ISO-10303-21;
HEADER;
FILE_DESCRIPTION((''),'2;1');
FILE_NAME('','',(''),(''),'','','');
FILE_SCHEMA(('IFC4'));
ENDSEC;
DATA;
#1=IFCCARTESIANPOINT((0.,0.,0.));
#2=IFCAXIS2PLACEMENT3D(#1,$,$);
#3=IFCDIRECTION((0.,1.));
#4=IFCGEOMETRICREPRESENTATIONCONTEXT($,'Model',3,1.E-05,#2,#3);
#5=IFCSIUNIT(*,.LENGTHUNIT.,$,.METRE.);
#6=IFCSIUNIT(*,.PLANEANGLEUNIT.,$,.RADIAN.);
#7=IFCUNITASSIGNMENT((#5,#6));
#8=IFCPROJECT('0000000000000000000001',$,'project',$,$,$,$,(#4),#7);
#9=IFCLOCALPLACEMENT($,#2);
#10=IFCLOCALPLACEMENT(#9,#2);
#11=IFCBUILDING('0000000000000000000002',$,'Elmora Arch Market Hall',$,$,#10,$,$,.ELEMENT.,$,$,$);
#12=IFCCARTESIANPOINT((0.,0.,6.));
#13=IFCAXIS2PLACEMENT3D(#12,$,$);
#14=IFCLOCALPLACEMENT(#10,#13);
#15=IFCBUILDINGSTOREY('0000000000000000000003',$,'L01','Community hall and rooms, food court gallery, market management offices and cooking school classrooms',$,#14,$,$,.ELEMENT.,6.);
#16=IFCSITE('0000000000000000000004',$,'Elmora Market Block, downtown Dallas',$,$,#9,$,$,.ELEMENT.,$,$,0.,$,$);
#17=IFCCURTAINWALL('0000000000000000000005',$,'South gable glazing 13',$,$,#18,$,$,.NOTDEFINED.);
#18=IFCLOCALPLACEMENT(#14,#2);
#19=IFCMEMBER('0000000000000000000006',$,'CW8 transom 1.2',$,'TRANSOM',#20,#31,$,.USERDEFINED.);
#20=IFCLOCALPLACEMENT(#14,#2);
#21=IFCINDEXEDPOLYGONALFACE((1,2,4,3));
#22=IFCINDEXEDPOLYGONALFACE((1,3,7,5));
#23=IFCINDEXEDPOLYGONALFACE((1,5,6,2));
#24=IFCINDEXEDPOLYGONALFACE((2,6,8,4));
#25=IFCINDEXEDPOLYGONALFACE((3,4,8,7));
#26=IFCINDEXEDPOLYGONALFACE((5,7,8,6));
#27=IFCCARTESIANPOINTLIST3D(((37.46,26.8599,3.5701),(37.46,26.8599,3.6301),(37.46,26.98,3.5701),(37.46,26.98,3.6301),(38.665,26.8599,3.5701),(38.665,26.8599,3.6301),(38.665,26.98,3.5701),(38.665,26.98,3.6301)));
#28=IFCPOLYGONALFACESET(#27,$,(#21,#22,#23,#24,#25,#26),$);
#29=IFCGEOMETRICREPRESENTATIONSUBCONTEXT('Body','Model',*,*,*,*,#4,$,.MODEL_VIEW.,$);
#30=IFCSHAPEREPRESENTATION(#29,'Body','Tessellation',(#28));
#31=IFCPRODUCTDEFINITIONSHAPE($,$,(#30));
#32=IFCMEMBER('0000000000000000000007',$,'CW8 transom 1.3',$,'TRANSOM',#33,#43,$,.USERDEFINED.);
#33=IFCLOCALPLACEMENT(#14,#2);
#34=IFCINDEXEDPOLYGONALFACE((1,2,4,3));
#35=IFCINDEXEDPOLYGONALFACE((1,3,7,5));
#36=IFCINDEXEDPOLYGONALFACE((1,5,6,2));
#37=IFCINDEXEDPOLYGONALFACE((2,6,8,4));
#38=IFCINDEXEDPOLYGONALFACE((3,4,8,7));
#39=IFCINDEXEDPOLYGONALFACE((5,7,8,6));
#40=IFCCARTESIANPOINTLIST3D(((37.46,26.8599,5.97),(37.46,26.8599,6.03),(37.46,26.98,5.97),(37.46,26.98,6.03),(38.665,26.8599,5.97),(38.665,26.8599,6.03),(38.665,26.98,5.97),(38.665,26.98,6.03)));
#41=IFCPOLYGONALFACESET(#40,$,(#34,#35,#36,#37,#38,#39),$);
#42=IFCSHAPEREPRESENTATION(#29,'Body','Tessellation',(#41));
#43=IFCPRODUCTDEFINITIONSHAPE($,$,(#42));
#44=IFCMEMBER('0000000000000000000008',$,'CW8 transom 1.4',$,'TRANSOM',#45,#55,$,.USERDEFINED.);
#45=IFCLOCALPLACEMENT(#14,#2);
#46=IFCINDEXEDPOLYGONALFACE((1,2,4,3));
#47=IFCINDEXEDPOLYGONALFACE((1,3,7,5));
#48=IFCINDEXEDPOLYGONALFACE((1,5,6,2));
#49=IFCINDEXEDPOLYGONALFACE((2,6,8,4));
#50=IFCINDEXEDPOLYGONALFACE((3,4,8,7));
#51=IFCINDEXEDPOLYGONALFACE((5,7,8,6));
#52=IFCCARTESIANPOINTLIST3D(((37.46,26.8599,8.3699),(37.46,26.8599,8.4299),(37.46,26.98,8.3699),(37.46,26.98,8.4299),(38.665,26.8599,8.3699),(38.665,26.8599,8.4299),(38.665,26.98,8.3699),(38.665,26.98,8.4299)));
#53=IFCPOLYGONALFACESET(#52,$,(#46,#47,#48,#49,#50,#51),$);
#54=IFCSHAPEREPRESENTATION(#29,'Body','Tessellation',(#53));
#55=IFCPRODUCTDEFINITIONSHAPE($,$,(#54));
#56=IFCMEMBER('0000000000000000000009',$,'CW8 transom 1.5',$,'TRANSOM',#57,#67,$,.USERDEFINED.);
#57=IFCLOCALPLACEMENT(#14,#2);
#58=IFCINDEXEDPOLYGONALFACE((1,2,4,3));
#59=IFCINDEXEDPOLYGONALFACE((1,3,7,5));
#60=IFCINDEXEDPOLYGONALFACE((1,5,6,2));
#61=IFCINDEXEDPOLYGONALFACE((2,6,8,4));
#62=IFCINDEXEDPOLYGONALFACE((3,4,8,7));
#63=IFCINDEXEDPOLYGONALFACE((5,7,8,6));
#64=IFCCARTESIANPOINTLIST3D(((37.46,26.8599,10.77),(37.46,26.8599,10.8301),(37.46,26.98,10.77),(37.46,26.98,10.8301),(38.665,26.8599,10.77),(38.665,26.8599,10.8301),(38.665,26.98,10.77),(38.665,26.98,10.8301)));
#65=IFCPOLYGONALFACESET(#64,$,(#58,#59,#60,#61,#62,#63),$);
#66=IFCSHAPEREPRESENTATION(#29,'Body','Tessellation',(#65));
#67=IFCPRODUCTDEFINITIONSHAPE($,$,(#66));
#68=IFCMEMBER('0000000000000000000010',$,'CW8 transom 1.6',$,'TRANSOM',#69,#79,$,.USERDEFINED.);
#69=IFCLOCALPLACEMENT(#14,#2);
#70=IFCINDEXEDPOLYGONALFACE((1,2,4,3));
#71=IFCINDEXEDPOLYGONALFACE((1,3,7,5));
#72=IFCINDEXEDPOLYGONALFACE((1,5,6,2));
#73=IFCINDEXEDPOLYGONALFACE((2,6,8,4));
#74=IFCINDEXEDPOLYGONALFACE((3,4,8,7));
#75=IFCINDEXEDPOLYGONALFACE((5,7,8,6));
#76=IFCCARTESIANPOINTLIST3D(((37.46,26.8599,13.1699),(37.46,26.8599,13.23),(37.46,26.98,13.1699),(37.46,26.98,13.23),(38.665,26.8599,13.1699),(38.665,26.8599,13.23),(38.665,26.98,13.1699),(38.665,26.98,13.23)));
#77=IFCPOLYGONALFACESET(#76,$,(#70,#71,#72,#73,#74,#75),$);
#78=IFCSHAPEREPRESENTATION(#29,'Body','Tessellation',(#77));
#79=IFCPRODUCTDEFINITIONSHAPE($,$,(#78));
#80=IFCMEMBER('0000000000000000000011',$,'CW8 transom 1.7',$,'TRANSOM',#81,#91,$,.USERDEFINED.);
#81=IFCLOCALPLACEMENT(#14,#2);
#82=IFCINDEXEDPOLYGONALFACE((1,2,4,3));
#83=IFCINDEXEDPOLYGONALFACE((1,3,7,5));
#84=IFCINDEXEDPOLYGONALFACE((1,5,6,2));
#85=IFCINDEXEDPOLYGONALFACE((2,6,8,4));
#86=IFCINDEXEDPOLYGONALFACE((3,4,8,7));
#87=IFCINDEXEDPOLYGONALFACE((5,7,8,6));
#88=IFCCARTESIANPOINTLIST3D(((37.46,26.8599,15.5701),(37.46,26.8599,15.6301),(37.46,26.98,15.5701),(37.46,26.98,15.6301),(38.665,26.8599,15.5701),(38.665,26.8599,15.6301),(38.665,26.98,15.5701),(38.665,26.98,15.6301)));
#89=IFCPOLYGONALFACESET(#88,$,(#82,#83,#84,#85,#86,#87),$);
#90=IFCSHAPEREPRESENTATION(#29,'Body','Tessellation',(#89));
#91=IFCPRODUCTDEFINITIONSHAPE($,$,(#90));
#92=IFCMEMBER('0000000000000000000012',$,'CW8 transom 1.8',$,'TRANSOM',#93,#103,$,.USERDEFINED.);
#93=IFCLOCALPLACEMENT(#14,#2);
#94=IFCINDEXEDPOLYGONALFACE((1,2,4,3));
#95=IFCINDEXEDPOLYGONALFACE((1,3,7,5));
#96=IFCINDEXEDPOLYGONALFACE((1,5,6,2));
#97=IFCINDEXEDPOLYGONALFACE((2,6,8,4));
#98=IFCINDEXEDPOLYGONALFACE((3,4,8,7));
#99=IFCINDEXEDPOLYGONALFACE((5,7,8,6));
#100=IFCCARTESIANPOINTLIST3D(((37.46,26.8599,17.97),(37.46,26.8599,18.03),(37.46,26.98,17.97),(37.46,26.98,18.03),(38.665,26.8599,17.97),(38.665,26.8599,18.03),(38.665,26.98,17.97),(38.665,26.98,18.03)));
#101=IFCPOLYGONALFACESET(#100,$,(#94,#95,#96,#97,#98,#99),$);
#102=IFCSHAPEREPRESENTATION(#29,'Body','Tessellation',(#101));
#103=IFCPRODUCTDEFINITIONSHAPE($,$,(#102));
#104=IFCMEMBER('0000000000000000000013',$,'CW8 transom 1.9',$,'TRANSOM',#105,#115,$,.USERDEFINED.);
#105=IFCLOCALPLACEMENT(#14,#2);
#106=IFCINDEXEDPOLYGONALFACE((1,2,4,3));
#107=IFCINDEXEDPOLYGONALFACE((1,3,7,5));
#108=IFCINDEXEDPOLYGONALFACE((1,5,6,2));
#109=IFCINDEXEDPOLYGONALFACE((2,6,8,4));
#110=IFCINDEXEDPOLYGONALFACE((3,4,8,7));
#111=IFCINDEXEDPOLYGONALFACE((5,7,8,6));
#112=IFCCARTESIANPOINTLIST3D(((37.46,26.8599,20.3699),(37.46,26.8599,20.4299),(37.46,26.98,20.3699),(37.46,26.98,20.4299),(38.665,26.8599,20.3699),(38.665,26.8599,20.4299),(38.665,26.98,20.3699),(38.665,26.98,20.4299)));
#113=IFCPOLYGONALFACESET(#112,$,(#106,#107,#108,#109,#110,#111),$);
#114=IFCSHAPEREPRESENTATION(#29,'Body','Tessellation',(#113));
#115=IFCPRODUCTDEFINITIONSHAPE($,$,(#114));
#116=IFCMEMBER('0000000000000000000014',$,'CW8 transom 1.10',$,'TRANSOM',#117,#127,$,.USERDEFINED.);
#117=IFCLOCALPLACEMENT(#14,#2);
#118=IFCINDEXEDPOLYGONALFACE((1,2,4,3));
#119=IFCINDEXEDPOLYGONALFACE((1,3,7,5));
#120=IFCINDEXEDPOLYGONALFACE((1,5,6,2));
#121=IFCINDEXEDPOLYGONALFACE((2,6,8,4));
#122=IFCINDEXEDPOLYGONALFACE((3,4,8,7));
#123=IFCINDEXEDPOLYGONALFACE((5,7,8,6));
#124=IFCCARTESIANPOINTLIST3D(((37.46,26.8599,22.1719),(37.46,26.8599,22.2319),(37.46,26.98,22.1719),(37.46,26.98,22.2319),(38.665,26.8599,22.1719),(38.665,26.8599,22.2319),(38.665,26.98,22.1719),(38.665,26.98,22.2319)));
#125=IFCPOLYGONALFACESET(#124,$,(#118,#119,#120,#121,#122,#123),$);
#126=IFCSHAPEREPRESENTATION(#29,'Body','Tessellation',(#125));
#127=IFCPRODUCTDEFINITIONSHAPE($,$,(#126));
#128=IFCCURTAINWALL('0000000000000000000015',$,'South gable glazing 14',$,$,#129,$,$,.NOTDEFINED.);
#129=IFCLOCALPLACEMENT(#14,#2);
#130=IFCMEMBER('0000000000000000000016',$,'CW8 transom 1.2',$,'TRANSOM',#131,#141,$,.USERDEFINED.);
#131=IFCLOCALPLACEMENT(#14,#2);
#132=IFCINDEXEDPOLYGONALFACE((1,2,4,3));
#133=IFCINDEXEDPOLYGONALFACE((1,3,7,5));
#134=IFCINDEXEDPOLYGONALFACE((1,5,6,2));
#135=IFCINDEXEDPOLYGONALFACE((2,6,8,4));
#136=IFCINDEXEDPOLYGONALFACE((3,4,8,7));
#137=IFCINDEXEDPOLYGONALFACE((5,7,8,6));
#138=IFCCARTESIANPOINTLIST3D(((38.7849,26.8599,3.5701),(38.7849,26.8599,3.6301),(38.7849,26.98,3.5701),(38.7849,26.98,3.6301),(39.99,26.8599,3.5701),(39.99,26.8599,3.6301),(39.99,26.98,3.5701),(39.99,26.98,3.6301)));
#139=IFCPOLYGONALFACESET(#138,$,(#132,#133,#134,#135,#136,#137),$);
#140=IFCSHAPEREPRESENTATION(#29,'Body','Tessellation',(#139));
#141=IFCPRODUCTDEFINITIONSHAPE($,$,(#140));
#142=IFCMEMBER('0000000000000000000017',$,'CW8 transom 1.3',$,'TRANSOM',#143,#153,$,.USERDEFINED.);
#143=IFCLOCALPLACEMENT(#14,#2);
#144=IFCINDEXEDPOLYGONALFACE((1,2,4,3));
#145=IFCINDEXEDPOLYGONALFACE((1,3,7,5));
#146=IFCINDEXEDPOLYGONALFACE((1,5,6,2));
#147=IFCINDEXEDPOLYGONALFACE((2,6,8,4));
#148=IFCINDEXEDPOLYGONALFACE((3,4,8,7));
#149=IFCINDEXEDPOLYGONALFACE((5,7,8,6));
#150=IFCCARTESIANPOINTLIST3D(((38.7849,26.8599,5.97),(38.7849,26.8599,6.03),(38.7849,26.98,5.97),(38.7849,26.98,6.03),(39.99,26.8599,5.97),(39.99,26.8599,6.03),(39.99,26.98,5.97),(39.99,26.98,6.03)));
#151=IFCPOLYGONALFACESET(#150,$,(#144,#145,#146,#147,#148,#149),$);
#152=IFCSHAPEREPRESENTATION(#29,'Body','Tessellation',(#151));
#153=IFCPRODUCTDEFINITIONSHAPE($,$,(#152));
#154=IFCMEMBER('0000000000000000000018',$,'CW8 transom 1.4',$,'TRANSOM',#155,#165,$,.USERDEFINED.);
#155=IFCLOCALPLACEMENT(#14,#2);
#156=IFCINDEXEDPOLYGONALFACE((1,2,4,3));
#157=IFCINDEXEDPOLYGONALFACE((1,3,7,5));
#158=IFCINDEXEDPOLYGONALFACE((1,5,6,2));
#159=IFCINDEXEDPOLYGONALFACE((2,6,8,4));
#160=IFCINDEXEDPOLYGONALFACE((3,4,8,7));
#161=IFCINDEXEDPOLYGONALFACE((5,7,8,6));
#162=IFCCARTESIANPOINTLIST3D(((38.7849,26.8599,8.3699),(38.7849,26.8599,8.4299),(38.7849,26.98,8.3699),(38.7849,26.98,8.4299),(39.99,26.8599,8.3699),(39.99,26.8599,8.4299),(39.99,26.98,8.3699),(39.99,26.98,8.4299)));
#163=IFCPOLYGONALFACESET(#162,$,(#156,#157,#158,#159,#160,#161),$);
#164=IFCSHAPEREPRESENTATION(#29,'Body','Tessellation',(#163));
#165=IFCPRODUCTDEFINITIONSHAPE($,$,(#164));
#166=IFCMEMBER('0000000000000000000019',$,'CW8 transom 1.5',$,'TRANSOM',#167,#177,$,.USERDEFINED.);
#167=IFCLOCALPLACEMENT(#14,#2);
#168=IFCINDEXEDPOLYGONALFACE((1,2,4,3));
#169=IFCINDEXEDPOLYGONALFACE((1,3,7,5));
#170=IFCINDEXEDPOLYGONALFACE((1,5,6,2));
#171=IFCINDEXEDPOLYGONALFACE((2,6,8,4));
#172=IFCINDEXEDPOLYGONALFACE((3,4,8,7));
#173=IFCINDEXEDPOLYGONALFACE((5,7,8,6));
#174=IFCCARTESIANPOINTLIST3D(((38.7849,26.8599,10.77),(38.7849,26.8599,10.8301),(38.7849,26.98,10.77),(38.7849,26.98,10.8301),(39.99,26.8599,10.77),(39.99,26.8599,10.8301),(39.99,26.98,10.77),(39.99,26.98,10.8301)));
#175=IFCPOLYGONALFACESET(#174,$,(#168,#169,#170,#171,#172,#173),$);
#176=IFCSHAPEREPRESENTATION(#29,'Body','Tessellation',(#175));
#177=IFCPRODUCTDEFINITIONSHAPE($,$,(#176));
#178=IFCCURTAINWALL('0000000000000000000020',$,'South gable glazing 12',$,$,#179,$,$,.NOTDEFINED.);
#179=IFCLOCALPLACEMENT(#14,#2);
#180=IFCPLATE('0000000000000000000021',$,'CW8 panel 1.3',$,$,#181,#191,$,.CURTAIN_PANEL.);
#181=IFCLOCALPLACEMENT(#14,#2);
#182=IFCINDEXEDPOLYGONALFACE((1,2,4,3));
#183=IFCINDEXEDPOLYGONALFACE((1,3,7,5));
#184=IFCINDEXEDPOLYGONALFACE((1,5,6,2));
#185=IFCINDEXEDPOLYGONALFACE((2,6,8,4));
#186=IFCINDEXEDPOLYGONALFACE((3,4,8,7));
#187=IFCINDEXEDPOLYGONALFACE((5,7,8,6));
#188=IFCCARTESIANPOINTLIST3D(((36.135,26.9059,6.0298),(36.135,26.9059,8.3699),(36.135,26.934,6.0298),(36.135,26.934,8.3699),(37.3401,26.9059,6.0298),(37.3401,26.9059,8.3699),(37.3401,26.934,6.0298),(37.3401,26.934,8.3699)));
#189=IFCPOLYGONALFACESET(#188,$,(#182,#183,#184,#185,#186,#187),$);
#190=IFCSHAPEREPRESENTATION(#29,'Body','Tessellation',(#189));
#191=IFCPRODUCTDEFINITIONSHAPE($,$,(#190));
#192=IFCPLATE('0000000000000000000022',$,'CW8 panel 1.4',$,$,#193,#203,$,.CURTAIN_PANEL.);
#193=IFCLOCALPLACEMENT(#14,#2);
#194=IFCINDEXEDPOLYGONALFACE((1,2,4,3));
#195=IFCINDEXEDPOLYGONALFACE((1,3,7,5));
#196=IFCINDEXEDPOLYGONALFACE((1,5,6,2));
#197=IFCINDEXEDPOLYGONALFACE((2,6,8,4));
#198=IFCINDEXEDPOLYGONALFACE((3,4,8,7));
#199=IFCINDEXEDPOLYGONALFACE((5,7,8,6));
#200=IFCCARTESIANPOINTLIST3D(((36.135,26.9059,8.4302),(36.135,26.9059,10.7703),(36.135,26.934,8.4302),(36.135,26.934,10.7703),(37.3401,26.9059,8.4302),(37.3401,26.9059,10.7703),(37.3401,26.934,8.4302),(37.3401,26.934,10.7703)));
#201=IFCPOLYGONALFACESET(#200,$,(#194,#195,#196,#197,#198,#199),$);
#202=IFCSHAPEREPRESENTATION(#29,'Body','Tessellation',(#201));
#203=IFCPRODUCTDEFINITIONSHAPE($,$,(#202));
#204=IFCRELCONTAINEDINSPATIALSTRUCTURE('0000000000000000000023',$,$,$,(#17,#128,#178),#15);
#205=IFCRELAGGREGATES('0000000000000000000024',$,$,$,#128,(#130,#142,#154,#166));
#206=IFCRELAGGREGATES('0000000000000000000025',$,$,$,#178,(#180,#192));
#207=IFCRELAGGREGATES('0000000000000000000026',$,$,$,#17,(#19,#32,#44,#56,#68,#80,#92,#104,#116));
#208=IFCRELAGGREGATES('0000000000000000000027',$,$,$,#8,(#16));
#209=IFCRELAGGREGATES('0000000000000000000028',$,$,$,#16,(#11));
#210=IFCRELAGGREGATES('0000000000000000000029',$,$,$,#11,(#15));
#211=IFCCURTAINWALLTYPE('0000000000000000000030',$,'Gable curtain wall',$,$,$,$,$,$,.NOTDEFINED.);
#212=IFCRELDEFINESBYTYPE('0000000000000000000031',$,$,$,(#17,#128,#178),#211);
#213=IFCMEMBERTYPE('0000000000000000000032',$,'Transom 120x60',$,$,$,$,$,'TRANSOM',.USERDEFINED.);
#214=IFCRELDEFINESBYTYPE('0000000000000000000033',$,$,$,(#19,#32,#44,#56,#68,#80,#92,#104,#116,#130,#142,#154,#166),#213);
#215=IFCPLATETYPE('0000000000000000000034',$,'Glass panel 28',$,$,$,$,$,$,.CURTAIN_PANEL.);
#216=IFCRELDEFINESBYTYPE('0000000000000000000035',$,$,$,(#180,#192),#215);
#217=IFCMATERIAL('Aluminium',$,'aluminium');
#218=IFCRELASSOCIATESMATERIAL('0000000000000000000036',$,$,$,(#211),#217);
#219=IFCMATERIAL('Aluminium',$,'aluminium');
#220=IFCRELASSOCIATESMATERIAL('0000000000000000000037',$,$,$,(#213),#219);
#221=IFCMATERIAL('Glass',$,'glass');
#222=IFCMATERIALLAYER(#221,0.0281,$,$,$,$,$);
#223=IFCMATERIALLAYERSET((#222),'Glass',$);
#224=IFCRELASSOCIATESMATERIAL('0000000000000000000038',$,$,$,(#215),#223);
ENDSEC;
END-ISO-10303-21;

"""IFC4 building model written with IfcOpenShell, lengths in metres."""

from ifc_helpers import new_model, si_unit, direction, frame, origin, origin_2d, place, context, subcontext, project, spatial, rectangle, extrude, material, layer, layer_set, material_profile, profile_set, type_object, element, aggregate, save


model = new_model("IFC4")

# Units and contexts
model_context = context("Model", 3, precision=1e-05, world=origin(), true_north=direction((0.0, 1.0)))
body_context = subcontext(model_context, "Body", "Model", "MODEL_VIEW")
ifc_project = project(units=[si_unit("LENGTHUNIT", "METRE"), si_unit("PLANEANGLEUNIT", "RADIAN")], contexts=[model_context])

# Site, building, storey
site_placement = place(None, origin())
site = spatial("IfcSite", under=ifc_project, at=site_placement, Name="Elmora Market Block, downtown Dallas", CompositionType="ELEMENT", RefElevation=0.0)
building_placement = place(site_placement, origin())
building = spatial("IfcBuilding", under=site, at=building_placement, Name="Elmora Arch Market Hall", CompositionType="ELEMENT")
storey_placement = place(building_placement, frame((0.0, 0.0, 6.0)))
storey = spatial("IfcBuildingStorey", under=building, at=storey_placement, Name="L01", Description="Community hall and rooms, food court gallery, market management offices and cooking school classrooms", CompositionType="ELEMENT", Elevation=6.0)

# Curtain walls, members
ifc_material_1 = material(Name="Aluminium", Category="aluminium")
curtain_wall_type = type_object("IfcCurtainWallType", Name="Gable curtain wall", PredefinedType="NOTDEFINED", material=ifc_material_1)
curtain_wall_1_placement = place(storey_placement, origin())
curtain_wall_1 = element("IfcCurtainWall", 1, at=curtain_wall_1_placement, inside=storey, type_object=curtain_wall_type, Name="South gable glazing 13", PredefinedType="NOTDEFINED")
ifc_material_2 = material(Name="Aluminium", Category="aluminium")
ifc_material_profile = material_profile(ifc_material_2, rectangle(XDim=0.1201, YDim=0.0601, at=origin_2d()), Name="AL 120x60")
ifc_profile_set = profile_set([ifc_material_profile], Name="Aluminium")
member_type = type_object("IfcMemberType", Name="Transom 120x60", ElementType="TRANSOM", PredefinedType="USERDEFINED", material=ifc_profile_set)
member_1_placement = place(storey_placement, frame((37.46, 26.9199, 3.6001), z_axis=(1.0, 0.0, 0.0), x_axis=(0.0, 1.0, 0.0)))
member_1 = element("IfcMember", 2, at=member_1_placement, type_object=member_type, Name="CW8 transom 1.2", ObjectType="TRANSOM", PredefinedType="USERDEFINED", context=body_context, shape_type="SweptSolid", body=[
    extrude(rectangle(XDim=0.1201, YDim=0.0601, at=origin_2d()), origin(), (0.0, 0.0, 1.0), 1.2051),
])
member_2_placement = place(storey_placement, frame((37.46, 26.9199, 6.0), z_axis=(1.0, 0.0, 0.0), x_axis=(0.0, 1.0, 0.0)))
member_2 = element("IfcMember", 3, at=member_2_placement, type_object=member_type, Name="CW8 transom 1.3", ObjectType="TRANSOM", PredefinedType="USERDEFINED", context=body_context, shape_type="SweptSolid", body=[
    extrude(rectangle(XDim=0.1201, YDim=0.0601, at=origin_2d()), origin(), (0.0, 0.0, 1.0), 1.2051),
])
member_3_placement = place(storey_placement, frame((37.46, 26.9199, 8.3999), z_axis=(1.0, 0.0, 0.0), x_axis=(0.0, 1.0, 0.0)))
member_3 = element("IfcMember", 4, at=member_3_placement, type_object=member_type, Name="CW8 transom 1.4", ObjectType="TRANSOM", PredefinedType="USERDEFINED", context=body_context, shape_type="SweptSolid", body=[
    extrude(rectangle(XDim=0.1201, YDim=0.0601, at=origin_2d()), origin(), (0.0, 0.0, 1.0), 1.2051),
])
member_4_placement = place(storey_placement, frame((37.46, 26.9199, 10.8), z_axis=(1.0, 0.0, 0.0), x_axis=(0.0, 1.0, 0.0)))
member_4 = element("IfcMember", 5, at=member_4_placement, type_object=member_type, Name="CW8 transom 1.5", ObjectType="TRANSOM", PredefinedType="USERDEFINED", context=body_context, shape_type="SweptSolid", body=[
    extrude(rectangle(XDim=0.1201, YDim=0.0601, at=origin_2d()), origin(), (0.0, 0.0, 1.0), 1.2051),
])
member_5_placement = place(storey_placement, frame((37.46, 26.9199, 13.2), z_axis=(1.0, 0.0, 0.0), x_axis=(0.0, 1.0, 0.0)))
member_5 = element("IfcMember", 6, at=member_5_placement, type_object=member_type, Name="CW8 transom 1.6", ObjectType="TRANSOM", PredefinedType="USERDEFINED", context=body_context, shape_type="SweptSolid", body=[
    extrude(rectangle(XDim=0.1201, YDim=0.0601, at=origin_2d()), origin(), (0.0, 0.0, 1.0), 1.2051),
])
member_6_placement = place(storey_placement, frame((37.46, 26.9199, 15.6001), z_axis=(1.0, 0.0, 0.0), x_axis=(0.0, 1.0, 0.0)))
member_6 = element("IfcMember", 7, at=member_6_placement, type_object=member_type, Name="CW8 transom 1.7", ObjectType="TRANSOM", PredefinedType="USERDEFINED", context=body_context, shape_type="SweptSolid", body=[
    extrude(rectangle(XDim=0.1201, YDim=0.0601, at=origin_2d()), origin(), (0.0, 0.0, 1.0), 1.2051),
])
member_7_placement = place(storey_placement, frame((37.46, 26.9199, 18.0), z_axis=(1.0, 0.0, 0.0), x_axis=(0.0, 1.0, 0.0)))
member_7 = element("IfcMember", 8, at=member_7_placement, type_object=member_type, Name="CW8 transom 1.8", ObjectType="TRANSOM", PredefinedType="USERDEFINED", context=body_context, shape_type="SweptSolid", body=[
    extrude(rectangle(XDim=0.1201, YDim=0.0601, at=origin_2d()), origin(), (0.0, 0.0, 1.0), 1.2051),
])
member_8_placement = place(storey_placement, frame((37.46, 26.9199, 20.3999), z_axis=(1.0, 0.0, 0.0), x_axis=(0.0, 1.0, 0.0)))
member_8 = element("IfcMember", 9, at=member_8_placement, type_object=member_type, Name="CW8 transom 1.9", ObjectType="TRANSOM", PredefinedType="USERDEFINED", context=body_context, shape_type="SweptSolid", body=[
    extrude(rectangle(XDim=0.1201, YDim=0.0601, at=origin_2d()), origin(), (0.0, 0.0, 1.0), 1.2051),
])
member_9_placement = place(storey_placement, frame((37.46, 26.9199, 22.2019), z_axis=(1.0, 0.0, 0.0), x_axis=(0.0, 1.0, 0.0)))
member_9 = element("IfcMember", 10, at=member_9_placement, type_object=member_type, Name="CW8 transom 1.10", ObjectType="TRANSOM", PredefinedType="USERDEFINED", context=body_context, shape_type="SweptSolid", body=[
    extrude(rectangle(XDim=0.1201, YDim=0.0601, at=origin_2d()), origin(), (0.0, 0.0, 1.0), 1.2051),
])
curtain_wall_2_placement = place(storey_placement, origin())
curtain_wall_2 = element("IfcCurtainWall", 11, at=curtain_wall_2_placement, inside=storey, type_object=curtain_wall_type, Name="South gable glazing 14", PredefinedType="NOTDEFINED")
member_10_placement = place(storey_placement, frame((38.7849, 26.9199, 3.6001), z_axis=(1.0, 0.0, 0.0), x_axis=(0.0, 1.0, 0.0)))
member_10 = element("IfcMember", 12, at=member_10_placement, type_object=member_type, Name="CW8 transom 1.2", ObjectType="TRANSOM", PredefinedType="USERDEFINED", context=body_context, shape_type="SweptSolid", body=[
    extrude(rectangle(XDim=0.1201, YDim=0.0601, at=origin_2d()), origin(), (0.0, 0.0, 1.0), 1.2051),
])
member_11_placement = place(storey_placement, frame((38.7849, 26.9199, 6.0), z_axis=(1.0, 0.0, 0.0), x_axis=(0.0, 1.0, 0.0)))
member_11 = element("IfcMember", 13, at=member_11_placement, type_object=member_type, Name="CW8 transom 1.3", ObjectType="TRANSOM", PredefinedType="USERDEFINED", context=body_context, shape_type="SweptSolid", body=[
    extrude(rectangle(XDim=0.1201, YDim=0.0601, at=origin_2d()), origin(), (0.0, 0.0, 1.0), 1.2051),
])
member_12_placement = place(storey_placement, frame((38.7849, 26.9199, 8.3999), z_axis=(1.0, 0.0, 0.0), x_axis=(0.0, 1.0, 0.0)))
member_12 = element("IfcMember", 14, at=member_12_placement, type_object=member_type, Name="CW8 transom 1.4", ObjectType="TRANSOM", PredefinedType="USERDEFINED", context=body_context, shape_type="SweptSolid", body=[
    extrude(rectangle(XDim=0.1201, YDim=0.0601, at=origin_2d()), origin(), (0.0, 0.0, 1.0), 1.2051),
])
member_13_placement = place(storey_placement, frame((38.7849, 26.9199, 10.8), z_axis=(1.0, 0.0, 0.0), x_axis=(0.0, 1.0, 0.0)))
member_13 = element("IfcMember", 15, at=member_13_placement, type_object=member_type, Name="CW8 transom 1.5", ObjectType="TRANSOM", PredefinedType="USERDEFINED", context=body_context, shape_type="SweptSolid", body=[
    extrude(rectangle(XDim=0.1201, YDim=0.0601, at=origin_2d()), origin(), (0.0, 0.0, 1.0), 1.2051),
])
aggregate(curtain_wall_2, [member_10, member_11, member_12, member_13])

# Curtain wall, plates
curtain_wall_3_placement = place(storey_placement, origin())
curtain_wall_3 = element("IfcCurtainWall", 16, at=curtain_wall_3_placement, inside=storey, type_object=curtain_wall_type, Name="South gable glazing 12", PredefinedType="NOTDEFINED")
ifc_material_3 = material(Name="Glass", Category="glass")
ifc_layer_1 = layer(ifc_material_3, 0.0281)
ifc_layer_set_1 = layer_set([ifc_layer_1], Name="Glass")
plate_type = type_object("IfcPlateType", Name="Glass panel 28", PredefinedType="CURTAIN_PANEL", material=ifc_layer_set_1)
plate_1_placement = place(storey_placement, frame((36.7375, 26.9199, 6.0298), z_axis=(0.0, 0.0, 1.0), x_axis=(1.0, 0.0, 0.0)))
plate_1 = element("IfcPlate", 17, at=plate_1_placement, type_object=plate_type, Name="CW8 panel 1.3", PredefinedType="CURTAIN_PANEL", context=body_context, shape_type="SweptSolid", body=[
    extrude(rectangle(XDim=1.2051, YDim=0.0281, at=origin_2d()), origin(), (0.0, 0.0, 1.0), 2.3401),
])
plate_2_placement = place(storey_placement, frame((36.7375, 26.9199, 8.4302), z_axis=(0.0, 0.0, 1.0), x_axis=(1.0, 0.0, 0.0)))
plate_2 = element("IfcPlate", 18, at=plate_2_placement, type_object=plate_type, Name="CW8 panel 1.4", PredefinedType="CURTAIN_PANEL", context=body_context, shape_type="SweptSolid", body=[
    extrude(rectangle(XDim=1.2051, YDim=0.0281, at=origin_2d()), origin(), (0.0, 0.0, 1.0), 2.3401),
])
aggregate(curtain_wall_3, [plate_1, plate_2])

aggregate(curtain_wall_1, [member_1, member_2, member_3, member_4, member_5, member_6, member_7, member_8, member_9])

save(model, "model.ifc")
